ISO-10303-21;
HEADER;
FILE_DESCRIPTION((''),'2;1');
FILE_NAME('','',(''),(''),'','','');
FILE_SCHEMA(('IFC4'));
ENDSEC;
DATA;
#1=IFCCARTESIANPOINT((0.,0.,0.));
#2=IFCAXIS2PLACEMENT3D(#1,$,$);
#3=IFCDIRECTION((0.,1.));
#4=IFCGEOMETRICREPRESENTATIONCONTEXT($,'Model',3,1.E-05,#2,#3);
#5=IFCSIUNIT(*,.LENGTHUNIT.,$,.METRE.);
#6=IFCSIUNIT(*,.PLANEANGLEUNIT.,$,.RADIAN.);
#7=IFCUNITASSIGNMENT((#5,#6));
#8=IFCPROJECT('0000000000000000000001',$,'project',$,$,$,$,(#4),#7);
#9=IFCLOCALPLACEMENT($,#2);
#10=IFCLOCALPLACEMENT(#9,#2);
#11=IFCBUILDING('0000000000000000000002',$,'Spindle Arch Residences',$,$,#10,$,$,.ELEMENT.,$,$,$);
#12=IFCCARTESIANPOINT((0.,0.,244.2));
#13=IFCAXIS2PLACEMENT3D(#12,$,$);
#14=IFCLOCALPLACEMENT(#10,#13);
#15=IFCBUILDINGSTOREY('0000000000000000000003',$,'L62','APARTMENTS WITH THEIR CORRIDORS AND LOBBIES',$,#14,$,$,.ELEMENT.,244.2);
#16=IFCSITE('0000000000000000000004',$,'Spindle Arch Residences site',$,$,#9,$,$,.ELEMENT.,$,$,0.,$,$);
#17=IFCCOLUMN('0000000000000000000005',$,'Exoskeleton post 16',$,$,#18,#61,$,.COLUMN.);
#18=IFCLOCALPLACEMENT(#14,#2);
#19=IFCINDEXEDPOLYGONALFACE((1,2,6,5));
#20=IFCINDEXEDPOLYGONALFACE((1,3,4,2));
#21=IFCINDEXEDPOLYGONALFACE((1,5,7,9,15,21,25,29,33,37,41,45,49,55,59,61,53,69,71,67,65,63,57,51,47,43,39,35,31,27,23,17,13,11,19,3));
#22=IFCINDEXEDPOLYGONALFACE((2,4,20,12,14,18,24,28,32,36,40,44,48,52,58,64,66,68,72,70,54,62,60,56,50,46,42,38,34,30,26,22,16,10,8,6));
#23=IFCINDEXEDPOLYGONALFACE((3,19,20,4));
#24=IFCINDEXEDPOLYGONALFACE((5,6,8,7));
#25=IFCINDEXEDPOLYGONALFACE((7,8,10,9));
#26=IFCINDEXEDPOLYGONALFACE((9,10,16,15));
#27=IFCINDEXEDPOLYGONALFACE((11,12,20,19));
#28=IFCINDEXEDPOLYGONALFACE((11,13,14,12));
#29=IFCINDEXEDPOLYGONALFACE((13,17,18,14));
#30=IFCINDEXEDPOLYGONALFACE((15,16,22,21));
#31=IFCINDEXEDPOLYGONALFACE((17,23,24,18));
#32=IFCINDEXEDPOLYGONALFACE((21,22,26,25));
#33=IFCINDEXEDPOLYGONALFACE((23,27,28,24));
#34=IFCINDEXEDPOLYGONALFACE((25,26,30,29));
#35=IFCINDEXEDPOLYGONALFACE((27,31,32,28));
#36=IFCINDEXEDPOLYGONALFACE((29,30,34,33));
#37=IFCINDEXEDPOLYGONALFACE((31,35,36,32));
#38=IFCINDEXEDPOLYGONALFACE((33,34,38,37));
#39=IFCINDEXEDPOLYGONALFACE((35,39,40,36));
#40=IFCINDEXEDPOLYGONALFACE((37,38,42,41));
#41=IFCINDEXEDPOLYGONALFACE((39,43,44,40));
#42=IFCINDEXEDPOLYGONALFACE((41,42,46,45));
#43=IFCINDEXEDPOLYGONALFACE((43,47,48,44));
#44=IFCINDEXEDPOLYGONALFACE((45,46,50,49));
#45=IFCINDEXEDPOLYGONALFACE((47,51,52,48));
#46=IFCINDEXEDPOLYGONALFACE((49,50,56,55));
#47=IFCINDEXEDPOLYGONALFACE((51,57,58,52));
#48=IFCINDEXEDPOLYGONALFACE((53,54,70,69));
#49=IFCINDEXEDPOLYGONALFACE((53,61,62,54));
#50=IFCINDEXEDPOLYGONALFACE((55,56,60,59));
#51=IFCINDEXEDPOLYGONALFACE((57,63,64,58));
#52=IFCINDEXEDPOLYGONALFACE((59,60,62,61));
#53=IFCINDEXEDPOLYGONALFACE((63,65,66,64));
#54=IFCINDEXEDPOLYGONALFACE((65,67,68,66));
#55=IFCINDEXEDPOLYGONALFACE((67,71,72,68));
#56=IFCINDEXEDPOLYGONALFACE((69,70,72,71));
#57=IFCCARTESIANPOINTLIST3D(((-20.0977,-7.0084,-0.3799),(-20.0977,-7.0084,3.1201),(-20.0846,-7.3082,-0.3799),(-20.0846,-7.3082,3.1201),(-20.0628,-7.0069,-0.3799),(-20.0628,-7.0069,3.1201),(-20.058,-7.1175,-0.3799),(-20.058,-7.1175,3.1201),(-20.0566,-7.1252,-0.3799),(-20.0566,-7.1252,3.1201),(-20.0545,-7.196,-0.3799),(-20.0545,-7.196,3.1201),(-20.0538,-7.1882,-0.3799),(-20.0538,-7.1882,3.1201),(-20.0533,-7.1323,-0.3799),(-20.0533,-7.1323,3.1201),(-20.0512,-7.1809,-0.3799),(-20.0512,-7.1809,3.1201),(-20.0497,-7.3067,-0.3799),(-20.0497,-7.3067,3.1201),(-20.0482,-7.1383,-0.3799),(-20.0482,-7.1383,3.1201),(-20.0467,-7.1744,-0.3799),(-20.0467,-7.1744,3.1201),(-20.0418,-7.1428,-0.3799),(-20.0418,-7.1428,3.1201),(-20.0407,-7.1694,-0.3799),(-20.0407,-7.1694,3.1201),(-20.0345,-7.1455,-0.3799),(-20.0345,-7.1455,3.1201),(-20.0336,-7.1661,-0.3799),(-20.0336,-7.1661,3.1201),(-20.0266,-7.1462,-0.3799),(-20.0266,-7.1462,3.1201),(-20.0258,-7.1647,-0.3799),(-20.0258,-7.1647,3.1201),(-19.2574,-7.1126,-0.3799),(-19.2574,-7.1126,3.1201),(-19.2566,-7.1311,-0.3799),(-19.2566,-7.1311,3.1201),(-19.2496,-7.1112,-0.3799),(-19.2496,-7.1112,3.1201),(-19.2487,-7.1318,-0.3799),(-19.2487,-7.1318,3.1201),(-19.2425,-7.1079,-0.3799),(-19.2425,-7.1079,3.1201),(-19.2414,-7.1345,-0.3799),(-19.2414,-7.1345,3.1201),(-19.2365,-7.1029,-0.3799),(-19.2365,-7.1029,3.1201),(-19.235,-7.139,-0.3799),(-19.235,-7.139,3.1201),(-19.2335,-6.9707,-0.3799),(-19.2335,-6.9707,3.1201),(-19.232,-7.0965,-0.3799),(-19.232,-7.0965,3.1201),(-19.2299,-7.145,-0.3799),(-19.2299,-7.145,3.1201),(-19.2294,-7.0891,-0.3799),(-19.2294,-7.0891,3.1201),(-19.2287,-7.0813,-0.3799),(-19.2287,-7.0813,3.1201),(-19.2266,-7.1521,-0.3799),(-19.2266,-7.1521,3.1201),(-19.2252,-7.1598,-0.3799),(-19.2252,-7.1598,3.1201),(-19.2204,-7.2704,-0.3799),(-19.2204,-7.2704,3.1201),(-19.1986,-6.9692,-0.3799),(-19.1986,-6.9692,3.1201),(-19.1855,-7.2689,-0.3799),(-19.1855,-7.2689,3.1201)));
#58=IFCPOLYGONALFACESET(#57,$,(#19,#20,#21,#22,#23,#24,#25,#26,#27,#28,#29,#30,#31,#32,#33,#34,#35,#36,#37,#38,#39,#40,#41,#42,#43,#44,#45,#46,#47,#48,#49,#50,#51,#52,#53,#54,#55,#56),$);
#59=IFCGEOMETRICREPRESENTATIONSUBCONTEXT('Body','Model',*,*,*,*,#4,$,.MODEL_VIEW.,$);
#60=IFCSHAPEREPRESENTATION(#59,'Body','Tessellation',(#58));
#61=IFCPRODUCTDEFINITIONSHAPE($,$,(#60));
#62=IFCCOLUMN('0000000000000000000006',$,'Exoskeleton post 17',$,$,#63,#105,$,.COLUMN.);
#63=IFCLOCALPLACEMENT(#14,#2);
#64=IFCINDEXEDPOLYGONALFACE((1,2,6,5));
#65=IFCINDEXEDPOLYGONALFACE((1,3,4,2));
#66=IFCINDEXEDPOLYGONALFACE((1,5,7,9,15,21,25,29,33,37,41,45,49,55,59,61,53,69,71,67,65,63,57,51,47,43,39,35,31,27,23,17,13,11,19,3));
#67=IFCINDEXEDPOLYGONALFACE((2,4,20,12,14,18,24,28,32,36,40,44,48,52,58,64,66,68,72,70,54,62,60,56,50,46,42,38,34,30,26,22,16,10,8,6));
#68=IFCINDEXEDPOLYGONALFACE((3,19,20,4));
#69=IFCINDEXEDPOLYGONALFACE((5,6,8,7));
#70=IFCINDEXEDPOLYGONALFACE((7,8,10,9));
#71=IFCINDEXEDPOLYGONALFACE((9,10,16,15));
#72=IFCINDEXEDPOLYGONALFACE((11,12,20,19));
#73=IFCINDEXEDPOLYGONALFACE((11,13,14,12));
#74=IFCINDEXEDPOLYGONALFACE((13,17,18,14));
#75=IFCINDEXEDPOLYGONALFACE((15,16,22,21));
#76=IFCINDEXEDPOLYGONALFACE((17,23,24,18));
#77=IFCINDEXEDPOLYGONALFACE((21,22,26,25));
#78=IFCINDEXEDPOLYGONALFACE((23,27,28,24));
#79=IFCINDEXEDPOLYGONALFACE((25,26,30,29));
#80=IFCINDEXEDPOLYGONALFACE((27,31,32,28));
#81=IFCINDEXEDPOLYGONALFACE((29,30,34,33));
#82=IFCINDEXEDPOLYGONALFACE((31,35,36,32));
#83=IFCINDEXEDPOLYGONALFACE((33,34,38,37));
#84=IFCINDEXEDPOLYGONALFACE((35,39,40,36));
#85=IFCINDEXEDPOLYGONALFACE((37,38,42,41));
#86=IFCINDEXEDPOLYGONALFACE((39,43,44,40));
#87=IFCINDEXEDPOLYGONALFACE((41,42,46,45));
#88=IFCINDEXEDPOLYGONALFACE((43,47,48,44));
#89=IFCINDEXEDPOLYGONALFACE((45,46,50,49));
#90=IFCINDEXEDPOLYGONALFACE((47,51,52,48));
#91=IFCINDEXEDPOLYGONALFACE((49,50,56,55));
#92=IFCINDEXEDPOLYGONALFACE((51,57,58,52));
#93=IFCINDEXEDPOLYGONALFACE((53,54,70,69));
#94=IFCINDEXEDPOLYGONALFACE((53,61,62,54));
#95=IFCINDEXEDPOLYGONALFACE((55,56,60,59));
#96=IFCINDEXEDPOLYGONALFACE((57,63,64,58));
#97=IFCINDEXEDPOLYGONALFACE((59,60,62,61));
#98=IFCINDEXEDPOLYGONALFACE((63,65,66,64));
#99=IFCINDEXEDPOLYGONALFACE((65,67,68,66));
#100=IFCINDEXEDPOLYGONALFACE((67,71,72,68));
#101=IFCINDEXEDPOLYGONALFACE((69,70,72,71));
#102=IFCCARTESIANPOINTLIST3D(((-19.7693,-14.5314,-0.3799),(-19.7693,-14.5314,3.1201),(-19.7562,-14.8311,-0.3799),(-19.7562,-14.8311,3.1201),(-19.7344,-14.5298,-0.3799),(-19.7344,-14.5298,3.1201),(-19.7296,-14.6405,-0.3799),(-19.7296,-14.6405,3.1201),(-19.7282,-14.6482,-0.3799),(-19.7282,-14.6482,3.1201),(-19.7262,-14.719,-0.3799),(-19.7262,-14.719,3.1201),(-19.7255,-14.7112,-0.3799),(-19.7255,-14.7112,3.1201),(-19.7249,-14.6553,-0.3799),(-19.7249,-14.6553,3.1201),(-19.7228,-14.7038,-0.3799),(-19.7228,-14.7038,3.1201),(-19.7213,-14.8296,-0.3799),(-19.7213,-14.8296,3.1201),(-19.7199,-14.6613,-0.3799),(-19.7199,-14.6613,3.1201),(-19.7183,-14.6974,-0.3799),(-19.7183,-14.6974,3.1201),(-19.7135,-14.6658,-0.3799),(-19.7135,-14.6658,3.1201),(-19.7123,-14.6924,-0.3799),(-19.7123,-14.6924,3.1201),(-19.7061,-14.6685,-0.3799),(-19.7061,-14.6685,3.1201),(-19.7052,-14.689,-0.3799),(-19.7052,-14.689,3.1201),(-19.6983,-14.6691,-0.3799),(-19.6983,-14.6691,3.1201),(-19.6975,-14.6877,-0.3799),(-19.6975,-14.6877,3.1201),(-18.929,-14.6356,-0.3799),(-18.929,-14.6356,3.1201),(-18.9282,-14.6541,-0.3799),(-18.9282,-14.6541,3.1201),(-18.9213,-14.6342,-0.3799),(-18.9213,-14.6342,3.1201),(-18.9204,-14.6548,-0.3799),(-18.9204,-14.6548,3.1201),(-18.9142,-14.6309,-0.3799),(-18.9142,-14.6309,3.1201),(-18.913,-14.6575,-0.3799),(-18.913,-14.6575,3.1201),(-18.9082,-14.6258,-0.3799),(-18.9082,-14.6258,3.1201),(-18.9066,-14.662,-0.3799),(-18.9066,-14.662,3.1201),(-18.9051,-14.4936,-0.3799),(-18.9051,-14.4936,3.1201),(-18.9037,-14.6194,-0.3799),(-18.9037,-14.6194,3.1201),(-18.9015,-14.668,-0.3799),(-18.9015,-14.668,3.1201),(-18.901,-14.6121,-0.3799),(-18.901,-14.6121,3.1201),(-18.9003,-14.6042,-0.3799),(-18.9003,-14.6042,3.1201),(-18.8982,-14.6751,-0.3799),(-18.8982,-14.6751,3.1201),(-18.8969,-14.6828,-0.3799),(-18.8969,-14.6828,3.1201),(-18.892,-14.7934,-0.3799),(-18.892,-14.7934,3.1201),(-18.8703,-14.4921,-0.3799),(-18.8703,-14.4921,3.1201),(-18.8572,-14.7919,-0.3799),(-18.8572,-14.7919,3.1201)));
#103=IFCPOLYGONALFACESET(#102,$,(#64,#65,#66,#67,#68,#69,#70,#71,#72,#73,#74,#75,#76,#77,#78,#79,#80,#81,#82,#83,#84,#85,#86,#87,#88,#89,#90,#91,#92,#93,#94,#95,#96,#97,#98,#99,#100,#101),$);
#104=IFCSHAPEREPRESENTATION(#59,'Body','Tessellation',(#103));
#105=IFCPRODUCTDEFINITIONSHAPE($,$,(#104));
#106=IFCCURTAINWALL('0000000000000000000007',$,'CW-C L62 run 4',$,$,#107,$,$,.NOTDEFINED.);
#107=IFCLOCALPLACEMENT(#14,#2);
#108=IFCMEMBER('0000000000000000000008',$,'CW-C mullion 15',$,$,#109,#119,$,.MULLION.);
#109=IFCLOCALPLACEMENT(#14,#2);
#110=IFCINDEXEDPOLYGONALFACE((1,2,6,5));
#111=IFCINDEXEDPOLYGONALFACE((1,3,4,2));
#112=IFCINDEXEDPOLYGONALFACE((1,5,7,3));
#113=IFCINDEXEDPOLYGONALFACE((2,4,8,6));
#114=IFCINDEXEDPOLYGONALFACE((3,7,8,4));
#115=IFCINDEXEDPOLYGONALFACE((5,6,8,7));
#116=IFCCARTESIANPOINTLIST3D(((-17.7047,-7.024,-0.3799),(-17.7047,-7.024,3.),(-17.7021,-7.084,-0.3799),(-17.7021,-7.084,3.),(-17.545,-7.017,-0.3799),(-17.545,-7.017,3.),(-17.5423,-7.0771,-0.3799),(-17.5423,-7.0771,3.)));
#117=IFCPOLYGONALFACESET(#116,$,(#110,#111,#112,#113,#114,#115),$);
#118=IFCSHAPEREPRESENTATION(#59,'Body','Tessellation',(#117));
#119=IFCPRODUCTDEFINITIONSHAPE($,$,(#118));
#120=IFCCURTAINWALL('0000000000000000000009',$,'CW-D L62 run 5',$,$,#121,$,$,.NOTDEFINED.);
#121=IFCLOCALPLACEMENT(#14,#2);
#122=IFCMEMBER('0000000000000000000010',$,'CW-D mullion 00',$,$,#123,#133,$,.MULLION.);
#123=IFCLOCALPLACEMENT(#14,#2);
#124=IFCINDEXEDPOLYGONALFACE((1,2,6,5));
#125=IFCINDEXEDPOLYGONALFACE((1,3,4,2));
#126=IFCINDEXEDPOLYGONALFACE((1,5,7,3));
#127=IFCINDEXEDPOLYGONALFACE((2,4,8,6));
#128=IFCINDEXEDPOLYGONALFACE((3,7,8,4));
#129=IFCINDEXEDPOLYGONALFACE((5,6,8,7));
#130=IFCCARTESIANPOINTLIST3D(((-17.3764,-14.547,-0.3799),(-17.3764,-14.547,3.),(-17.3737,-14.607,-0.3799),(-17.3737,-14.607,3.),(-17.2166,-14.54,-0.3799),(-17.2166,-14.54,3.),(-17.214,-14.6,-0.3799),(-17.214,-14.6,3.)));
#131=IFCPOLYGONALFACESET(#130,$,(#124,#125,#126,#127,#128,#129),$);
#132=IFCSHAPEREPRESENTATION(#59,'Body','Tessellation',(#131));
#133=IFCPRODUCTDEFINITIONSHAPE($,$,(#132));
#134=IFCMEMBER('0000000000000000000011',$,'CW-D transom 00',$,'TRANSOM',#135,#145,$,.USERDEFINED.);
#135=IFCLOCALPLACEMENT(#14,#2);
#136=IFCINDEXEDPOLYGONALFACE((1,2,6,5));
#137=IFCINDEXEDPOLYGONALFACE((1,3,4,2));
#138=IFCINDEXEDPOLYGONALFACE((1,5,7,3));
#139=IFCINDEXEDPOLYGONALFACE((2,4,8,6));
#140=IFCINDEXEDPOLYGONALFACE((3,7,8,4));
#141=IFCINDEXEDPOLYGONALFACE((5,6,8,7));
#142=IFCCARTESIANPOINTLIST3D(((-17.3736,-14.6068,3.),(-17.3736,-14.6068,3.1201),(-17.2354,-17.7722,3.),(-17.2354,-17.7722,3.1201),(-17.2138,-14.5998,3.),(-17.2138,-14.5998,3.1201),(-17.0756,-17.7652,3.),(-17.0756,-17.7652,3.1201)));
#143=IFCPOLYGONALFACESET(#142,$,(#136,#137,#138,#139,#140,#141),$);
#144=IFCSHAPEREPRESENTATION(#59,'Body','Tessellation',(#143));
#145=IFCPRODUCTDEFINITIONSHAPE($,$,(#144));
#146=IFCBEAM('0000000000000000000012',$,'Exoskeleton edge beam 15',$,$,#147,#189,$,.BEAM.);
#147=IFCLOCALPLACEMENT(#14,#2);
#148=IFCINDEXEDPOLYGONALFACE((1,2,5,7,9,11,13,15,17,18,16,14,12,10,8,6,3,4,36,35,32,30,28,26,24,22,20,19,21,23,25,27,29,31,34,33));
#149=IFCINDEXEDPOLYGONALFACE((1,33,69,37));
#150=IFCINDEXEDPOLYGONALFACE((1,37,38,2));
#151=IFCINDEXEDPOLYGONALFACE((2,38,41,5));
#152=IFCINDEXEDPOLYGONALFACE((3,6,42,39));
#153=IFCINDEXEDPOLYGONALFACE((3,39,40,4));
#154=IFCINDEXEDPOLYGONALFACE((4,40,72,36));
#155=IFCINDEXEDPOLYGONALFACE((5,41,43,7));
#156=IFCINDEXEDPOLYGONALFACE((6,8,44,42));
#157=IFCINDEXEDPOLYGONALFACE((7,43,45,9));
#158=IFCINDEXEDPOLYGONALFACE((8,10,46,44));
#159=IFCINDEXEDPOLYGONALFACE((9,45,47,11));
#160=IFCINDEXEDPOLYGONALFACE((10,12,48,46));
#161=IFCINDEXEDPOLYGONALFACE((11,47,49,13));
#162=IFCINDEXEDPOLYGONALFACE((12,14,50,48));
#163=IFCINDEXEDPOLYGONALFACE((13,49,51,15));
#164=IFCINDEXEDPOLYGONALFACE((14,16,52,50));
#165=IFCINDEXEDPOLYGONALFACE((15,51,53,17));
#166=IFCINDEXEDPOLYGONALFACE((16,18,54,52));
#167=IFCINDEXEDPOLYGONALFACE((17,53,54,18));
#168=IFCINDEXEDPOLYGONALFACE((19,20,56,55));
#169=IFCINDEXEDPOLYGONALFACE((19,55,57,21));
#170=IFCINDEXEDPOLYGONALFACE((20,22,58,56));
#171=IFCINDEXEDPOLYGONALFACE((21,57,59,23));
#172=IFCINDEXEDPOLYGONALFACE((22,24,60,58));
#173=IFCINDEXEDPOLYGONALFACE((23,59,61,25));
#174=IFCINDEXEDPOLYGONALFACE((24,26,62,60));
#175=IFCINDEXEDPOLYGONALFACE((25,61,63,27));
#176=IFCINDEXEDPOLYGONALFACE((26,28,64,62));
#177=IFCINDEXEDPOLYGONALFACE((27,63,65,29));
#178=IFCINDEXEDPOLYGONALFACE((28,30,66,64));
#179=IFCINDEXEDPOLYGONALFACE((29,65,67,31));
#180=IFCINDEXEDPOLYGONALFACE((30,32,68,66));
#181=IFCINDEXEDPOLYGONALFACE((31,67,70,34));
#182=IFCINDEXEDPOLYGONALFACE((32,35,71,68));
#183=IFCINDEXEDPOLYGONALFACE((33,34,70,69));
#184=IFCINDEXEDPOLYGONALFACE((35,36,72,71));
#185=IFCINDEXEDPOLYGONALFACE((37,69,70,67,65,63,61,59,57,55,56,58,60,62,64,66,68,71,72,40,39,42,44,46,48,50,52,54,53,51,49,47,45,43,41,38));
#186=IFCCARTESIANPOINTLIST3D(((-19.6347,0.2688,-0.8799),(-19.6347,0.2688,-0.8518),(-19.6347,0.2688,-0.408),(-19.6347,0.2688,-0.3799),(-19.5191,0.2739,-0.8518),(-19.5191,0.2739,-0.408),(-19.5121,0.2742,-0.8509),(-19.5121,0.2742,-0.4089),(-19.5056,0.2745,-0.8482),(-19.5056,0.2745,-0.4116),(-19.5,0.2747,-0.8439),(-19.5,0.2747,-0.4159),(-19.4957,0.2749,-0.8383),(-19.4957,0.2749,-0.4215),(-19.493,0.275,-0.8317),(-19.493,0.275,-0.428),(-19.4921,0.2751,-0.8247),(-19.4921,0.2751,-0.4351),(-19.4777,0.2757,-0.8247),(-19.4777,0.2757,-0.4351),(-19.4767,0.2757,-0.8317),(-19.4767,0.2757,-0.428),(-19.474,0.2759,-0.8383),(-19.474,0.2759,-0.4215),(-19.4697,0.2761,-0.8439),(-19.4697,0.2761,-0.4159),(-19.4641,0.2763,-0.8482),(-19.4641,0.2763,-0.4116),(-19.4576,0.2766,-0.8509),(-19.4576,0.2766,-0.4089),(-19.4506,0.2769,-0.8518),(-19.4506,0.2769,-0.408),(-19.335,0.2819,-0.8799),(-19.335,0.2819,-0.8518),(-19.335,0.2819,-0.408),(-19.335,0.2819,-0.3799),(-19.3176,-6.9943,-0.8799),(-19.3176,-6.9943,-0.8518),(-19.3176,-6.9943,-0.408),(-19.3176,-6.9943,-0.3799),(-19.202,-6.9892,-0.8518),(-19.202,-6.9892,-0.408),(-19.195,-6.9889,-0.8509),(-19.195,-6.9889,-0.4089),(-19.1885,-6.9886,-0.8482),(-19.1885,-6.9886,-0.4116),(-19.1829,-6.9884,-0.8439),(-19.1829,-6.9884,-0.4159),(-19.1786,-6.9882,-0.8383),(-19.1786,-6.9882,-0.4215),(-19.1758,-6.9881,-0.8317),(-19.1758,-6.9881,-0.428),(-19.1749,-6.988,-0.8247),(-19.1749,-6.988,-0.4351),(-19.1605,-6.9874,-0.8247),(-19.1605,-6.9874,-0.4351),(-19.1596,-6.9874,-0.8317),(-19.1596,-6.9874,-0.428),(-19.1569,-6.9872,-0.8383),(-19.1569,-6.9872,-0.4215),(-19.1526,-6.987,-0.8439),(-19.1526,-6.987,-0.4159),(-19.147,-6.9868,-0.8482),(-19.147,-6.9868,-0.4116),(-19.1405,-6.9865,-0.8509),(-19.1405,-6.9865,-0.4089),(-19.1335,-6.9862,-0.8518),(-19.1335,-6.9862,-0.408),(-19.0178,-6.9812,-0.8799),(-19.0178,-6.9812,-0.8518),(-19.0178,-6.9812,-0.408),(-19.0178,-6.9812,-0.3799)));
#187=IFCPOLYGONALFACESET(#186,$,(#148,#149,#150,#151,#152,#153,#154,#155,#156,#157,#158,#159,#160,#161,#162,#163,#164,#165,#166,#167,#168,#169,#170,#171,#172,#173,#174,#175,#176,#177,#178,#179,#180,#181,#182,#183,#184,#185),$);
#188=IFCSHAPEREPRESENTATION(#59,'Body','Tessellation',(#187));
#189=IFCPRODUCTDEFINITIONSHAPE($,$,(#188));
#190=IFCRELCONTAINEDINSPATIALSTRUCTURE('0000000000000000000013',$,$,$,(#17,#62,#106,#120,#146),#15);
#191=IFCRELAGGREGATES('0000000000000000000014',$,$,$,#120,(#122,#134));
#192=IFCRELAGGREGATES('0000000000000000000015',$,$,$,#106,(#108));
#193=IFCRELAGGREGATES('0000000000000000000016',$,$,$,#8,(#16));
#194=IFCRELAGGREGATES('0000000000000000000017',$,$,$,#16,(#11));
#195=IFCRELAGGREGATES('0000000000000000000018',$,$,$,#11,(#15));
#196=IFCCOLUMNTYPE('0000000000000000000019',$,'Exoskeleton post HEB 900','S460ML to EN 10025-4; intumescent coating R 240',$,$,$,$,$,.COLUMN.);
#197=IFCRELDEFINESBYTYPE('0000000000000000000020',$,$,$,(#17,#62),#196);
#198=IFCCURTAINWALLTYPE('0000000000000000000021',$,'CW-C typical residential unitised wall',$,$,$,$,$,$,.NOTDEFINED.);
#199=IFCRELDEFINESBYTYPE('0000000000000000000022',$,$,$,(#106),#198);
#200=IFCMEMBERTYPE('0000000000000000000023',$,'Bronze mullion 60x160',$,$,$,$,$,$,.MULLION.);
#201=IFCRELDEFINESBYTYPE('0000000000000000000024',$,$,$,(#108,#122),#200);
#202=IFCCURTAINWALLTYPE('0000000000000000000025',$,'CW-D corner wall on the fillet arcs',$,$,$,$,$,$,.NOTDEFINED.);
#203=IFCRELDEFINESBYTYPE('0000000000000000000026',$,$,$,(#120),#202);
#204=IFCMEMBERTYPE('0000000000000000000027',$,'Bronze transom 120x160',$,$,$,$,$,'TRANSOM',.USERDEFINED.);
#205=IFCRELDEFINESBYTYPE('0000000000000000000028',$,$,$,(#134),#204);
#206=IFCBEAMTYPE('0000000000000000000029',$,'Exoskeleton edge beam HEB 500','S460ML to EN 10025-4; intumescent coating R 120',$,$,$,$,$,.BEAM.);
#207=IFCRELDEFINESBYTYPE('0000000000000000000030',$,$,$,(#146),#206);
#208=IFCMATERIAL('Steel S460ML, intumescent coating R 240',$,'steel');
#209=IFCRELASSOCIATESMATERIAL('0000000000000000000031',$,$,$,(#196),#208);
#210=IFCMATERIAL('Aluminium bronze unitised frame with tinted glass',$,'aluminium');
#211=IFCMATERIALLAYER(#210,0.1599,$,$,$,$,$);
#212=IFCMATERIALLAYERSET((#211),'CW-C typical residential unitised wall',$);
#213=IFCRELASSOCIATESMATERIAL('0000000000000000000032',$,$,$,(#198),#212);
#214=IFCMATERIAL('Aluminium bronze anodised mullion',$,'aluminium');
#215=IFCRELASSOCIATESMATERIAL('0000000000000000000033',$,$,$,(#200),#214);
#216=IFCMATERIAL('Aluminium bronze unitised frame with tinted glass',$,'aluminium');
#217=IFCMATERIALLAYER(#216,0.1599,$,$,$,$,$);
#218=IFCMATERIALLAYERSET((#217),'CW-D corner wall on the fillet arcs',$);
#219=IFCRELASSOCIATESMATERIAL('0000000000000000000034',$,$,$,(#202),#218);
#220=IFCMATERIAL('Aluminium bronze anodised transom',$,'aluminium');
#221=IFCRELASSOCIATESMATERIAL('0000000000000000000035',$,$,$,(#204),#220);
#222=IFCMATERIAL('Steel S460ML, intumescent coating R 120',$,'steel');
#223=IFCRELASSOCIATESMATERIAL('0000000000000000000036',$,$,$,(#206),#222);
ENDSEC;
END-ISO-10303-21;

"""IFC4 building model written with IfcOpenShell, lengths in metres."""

from ifc_helpers import new_model, si_unit, direction, frame, origin, origin_2d, place, context, subcontext, project, spatial, rectangle, i_section, extrude, material, layer, layer_set, material_profile, profile_set, type_object, element, aggregate, save


model = new_model("IFC4")

# Units and contexts
model_context = context("Model", 3, precision=1e-05, world=origin(), true_north=direction((0.0, 1.0)))
body_context = subcontext(model_context, "Body", "Model", "MODEL_VIEW")
ifc_project = project(units=[si_unit("LENGTHUNIT", "METRE"), si_unit("PLANEANGLEUNIT", "RADIAN")], contexts=[model_context])

# Site, building, storey
site_placement = place(None, origin())
site = spatial("IfcSite", under=ifc_project, at=site_placement, Name="Spindle Arch Residences site", CompositionType="ELEMENT", RefElevation=0.0)
building_placement = place(site_placement, origin())
building = spatial("IfcBuilding", under=site, at=building_placement, Name="Spindle Arch Residences", CompositionType="ELEMENT")
storey_placement = place(building_placement, frame((0.0, 0.0, 244.2)))
storey = spatial("IfcBuildingStorey", under=building, at=storey_placement, Name="L62", Description="APARTMENTS WITH THEIR CORRIDORS AND LOBBIES", CompositionType="ELEMENT", Elevation=244.2)

# Columns
ifc_material_1 = material(Name="Steel S460ML, intumescent coating R 240", Category="steel")
ifc_material_profile_1 = material_profile(ifc_material_1, i_section(OverallWidth=0.3, OverallDepth=0.8999, WebThickness=0.0186, FlangeThickness=0.0349, FilletRadius=0.03, at=origin_2d()), Name="HEB 900")
ifc_profile_set_1 = profile_set([ifc_material_profile_1], Name="Steel S460ML, intumescent coating R 240")
column_type = type_object("IfcColumnType", Name="Exoskeleton post HEB 900", Description="S460ML to EN 10025-4; intumescent coating R 240", PredefinedType="COLUMN", material=ifc_profile_set_1)
for number, where, z_axis, x_axis, name in (
    (1, (-19.6416, -7.1387, -0.3799), (0.0, 0.0, 1.0), (-0.043619, 0.999048, 0.0), "Exoskeleton post 16"),
    (2, (-19.3132, -14.6616, -0.3799), (0.0, 0.0, 1.0), (-0.043619, 0.999048, 0.0), "Exoskeleton post 17"),
):
    element("IfcColumn", number, at=place(storey_placement, frame(where, z_axis=z_axis, x_axis=x_axis)), inside=storey, type_object=column_type, Name=name, PredefinedType="COLUMN", context=body_context, shape_type="SweptSolid", body=[
        extrude(i_section(OverallWidth=0.3, OverallDepth=0.8999, WebThickness=0.0186, FlangeThickness=0.0349, FilletRadius=0.03, at=origin_2d()), origin(), (0.0, 0.0, 1.0), 3.5),
    ])

# Curtain wall, member
ifc_material_2 = material(Name="Aluminium bronze unitised frame with tinted glass", Category="aluminium")
ifc_layer_1 = layer(ifc_material_2, 0.1599)
ifc_layer_set_1 = layer_set([ifc_layer_1], Name="CW-C typical residential unitised wall")
curtain_wall_type_1 = type_object("IfcCurtainWallType", Name="CW-C typical residential unitised wall", PredefinedType="NOTDEFINED", material=ifc_layer_set_1)
curtain_wall_1_placement = place(storey_placement, origin())
curtain_wall_1 = element("IfcCurtainWall", 3, at=curtain_wall_1_placement, inside=storey, type_object=curtain_wall_type_1, Name="CW-C L62 run 4", PredefinedType="NOTDEFINED")
ifc_material_3 = material(Name="Aluminium bronze anodised mullion", Category="aluminium")
ifc_material_profile_2 = material_profile(ifc_material_3, rectangle(XDim=0.1599, YDim=0.0601, at=origin_2d()), Name="MU 60x160")
ifc_profile_set_2 = profile_set([ifc_material_profile_2], Name="Aluminium bronze anodised mullion")
member_type_1 = type_object("IfcMemberType", Name="Bronze mullion 60x160", PredefinedType="MULLION", material=ifc_profile_set_2)
member_1_placement = place(storey_placement, frame((-17.6235, -7.0505, -0.3799), z_axis=(0.0, 0.0, 1.0), x_axis=(0.999048, 0.043619, 0.0)))
member_1 = element("IfcMember", 4, at=member_1_placement, type_object=member_type_1, Name="CW-C mullion 15", PredefinedType="MULLION", context=body_context, shape_type="SweptSolid", body=[
    extrude(rectangle(XDim=0.1599, YDim=0.0601, at=origin_2d()), origin(), (0.0, 0.0, 1.0), 3.3799),
])

# Curtain wall, members
ifc_material_4 = material(Name="Aluminium bronze unitised frame with tinted glass", Category="aluminium")
ifc_layer_2 = layer(ifc_material_4, 0.1599)
ifc_layer_set_2 = layer_set([ifc_layer_2], Name="CW-D corner wall on the fillet arcs")
curtain_wall_type_2 = type_object("IfcCurtainWallType", Name="CW-D corner wall on the fillet arcs", PredefinedType="NOTDEFINED", material=ifc_layer_set_2)
curtain_wall_2_placement = place(storey_placement, origin())
curtain_wall_2 = element("IfcCurtainWall", 5, at=curtain_wall_2_placement, inside=storey, type_object=curtain_wall_type_2, Name="CW-D L62 run 5", PredefinedType="NOTDEFINED")
member_2_placement = place(storey_placement, frame((-17.2952, -14.5735, -0.3799), z_axis=(0.0, 0.0, 1.0), x_axis=(0.999048, 0.043619, 0.0)))
member_2 = element("IfcMember", 6, at=member_2_placement, type_object=member_type_1, Name="CW-D mullion 00", PredefinedType="MULLION", context=body_context, shape_type="SweptSolid", body=[
    extrude(rectangle(XDim=0.1599, YDim=0.0601, at=origin_2d()), origin(), (0.0, 0.0, 1.0), 3.3799),
])
ifc_material_5 = material(Name="Aluminium bronze anodised transom", Category="aluminium")
ifc_material_profile_3 = material_profile(ifc_material_5, rectangle(XDim=0.1599, YDim=0.1201, at=origin_2d()), Name="TR 120x160")
ifc_profile_set_3 = profile_set([ifc_material_profile_3], Name="Aluminium bronze anodised transom")
member_type_2 = type_object("IfcMemberType", Name="Bronze transom 120x160", ElementType="TRANSOM", PredefinedType="USERDEFINED", material=ifc_profile_set_3)
member_3_placement = place(storey_placement, frame((-17.2937, -14.6033, 3.0601), z_axis=(0.043611, -0.999049, 0.0), x_axis=(0.999049, 0.043611, 0.0)))
member_3 = element("IfcMember", 7, at=member_3_placement, type_object=member_type_2, Name="CW-D transom 00", ObjectType="TRANSOM", PredefinedType="USERDEFINED", context=body_context, shape_type="SweptSolid", body=[
    extrude(rectangle(XDim=0.1599, YDim=0.1201, at=origin_2d()), origin(), (0.0, 0.0, 1.0), 3.1685),
])
aggregate(curtain_wall_2, [member_2, member_3])

# Beam
ifc_material_6 = material(Name="Steel S460ML, intumescent coating R 120", Category="steel")
ifc_material_profile_4 = material_profile(ifc_material_6, i_section(OverallWidth=0.3, OverallDepth=0.5, WebThickness=0.0144, FlangeThickness=0.0281, FilletRadius=0.0271, at=origin_2d()), Name="HEB 500")
ifc_profile_set_4 = profile_set([ifc_material_profile_4], Name="Steel S460ML, intumescent coating R 120")
beam_type_1 = type_object("IfcBeamType", Name="Exoskeleton edge beam HEB 500", Description="S460ML to EN 10025-4; intumescent coating R 120", PredefinedType="BEAM", material=ifc_profile_set_4)
for number, where, z_axis, x_axis, name in (
    (8, (-19.4849, 0.2754, -0.6299), (0.043622, -0.999048, 0.0), (0.999048, 0.043622, 0.0), "Exoskeleton edge beam 15"),
):
    element("IfcBeam", number, at=place(storey_placement, frame(where, z_axis=z_axis, x_axis=x_axis)), inside=storey, type_object=beam_type_1, Name=name, PredefinedType="BEAM", context=body_context, shape_type="SweptSolid", body=[
        extrude(i_section(OverallWidth=0.3, OverallDepth=0.5, WebThickness=0.0144, FlangeThickness=0.0281, FilletRadius=0.0271, at=origin_2d()), origin(), (0.0, 0.0, 1.0), 7.27),
    ])

aggregate(curtain_wall_1, [member_1])

save(model, "model.ifc")
